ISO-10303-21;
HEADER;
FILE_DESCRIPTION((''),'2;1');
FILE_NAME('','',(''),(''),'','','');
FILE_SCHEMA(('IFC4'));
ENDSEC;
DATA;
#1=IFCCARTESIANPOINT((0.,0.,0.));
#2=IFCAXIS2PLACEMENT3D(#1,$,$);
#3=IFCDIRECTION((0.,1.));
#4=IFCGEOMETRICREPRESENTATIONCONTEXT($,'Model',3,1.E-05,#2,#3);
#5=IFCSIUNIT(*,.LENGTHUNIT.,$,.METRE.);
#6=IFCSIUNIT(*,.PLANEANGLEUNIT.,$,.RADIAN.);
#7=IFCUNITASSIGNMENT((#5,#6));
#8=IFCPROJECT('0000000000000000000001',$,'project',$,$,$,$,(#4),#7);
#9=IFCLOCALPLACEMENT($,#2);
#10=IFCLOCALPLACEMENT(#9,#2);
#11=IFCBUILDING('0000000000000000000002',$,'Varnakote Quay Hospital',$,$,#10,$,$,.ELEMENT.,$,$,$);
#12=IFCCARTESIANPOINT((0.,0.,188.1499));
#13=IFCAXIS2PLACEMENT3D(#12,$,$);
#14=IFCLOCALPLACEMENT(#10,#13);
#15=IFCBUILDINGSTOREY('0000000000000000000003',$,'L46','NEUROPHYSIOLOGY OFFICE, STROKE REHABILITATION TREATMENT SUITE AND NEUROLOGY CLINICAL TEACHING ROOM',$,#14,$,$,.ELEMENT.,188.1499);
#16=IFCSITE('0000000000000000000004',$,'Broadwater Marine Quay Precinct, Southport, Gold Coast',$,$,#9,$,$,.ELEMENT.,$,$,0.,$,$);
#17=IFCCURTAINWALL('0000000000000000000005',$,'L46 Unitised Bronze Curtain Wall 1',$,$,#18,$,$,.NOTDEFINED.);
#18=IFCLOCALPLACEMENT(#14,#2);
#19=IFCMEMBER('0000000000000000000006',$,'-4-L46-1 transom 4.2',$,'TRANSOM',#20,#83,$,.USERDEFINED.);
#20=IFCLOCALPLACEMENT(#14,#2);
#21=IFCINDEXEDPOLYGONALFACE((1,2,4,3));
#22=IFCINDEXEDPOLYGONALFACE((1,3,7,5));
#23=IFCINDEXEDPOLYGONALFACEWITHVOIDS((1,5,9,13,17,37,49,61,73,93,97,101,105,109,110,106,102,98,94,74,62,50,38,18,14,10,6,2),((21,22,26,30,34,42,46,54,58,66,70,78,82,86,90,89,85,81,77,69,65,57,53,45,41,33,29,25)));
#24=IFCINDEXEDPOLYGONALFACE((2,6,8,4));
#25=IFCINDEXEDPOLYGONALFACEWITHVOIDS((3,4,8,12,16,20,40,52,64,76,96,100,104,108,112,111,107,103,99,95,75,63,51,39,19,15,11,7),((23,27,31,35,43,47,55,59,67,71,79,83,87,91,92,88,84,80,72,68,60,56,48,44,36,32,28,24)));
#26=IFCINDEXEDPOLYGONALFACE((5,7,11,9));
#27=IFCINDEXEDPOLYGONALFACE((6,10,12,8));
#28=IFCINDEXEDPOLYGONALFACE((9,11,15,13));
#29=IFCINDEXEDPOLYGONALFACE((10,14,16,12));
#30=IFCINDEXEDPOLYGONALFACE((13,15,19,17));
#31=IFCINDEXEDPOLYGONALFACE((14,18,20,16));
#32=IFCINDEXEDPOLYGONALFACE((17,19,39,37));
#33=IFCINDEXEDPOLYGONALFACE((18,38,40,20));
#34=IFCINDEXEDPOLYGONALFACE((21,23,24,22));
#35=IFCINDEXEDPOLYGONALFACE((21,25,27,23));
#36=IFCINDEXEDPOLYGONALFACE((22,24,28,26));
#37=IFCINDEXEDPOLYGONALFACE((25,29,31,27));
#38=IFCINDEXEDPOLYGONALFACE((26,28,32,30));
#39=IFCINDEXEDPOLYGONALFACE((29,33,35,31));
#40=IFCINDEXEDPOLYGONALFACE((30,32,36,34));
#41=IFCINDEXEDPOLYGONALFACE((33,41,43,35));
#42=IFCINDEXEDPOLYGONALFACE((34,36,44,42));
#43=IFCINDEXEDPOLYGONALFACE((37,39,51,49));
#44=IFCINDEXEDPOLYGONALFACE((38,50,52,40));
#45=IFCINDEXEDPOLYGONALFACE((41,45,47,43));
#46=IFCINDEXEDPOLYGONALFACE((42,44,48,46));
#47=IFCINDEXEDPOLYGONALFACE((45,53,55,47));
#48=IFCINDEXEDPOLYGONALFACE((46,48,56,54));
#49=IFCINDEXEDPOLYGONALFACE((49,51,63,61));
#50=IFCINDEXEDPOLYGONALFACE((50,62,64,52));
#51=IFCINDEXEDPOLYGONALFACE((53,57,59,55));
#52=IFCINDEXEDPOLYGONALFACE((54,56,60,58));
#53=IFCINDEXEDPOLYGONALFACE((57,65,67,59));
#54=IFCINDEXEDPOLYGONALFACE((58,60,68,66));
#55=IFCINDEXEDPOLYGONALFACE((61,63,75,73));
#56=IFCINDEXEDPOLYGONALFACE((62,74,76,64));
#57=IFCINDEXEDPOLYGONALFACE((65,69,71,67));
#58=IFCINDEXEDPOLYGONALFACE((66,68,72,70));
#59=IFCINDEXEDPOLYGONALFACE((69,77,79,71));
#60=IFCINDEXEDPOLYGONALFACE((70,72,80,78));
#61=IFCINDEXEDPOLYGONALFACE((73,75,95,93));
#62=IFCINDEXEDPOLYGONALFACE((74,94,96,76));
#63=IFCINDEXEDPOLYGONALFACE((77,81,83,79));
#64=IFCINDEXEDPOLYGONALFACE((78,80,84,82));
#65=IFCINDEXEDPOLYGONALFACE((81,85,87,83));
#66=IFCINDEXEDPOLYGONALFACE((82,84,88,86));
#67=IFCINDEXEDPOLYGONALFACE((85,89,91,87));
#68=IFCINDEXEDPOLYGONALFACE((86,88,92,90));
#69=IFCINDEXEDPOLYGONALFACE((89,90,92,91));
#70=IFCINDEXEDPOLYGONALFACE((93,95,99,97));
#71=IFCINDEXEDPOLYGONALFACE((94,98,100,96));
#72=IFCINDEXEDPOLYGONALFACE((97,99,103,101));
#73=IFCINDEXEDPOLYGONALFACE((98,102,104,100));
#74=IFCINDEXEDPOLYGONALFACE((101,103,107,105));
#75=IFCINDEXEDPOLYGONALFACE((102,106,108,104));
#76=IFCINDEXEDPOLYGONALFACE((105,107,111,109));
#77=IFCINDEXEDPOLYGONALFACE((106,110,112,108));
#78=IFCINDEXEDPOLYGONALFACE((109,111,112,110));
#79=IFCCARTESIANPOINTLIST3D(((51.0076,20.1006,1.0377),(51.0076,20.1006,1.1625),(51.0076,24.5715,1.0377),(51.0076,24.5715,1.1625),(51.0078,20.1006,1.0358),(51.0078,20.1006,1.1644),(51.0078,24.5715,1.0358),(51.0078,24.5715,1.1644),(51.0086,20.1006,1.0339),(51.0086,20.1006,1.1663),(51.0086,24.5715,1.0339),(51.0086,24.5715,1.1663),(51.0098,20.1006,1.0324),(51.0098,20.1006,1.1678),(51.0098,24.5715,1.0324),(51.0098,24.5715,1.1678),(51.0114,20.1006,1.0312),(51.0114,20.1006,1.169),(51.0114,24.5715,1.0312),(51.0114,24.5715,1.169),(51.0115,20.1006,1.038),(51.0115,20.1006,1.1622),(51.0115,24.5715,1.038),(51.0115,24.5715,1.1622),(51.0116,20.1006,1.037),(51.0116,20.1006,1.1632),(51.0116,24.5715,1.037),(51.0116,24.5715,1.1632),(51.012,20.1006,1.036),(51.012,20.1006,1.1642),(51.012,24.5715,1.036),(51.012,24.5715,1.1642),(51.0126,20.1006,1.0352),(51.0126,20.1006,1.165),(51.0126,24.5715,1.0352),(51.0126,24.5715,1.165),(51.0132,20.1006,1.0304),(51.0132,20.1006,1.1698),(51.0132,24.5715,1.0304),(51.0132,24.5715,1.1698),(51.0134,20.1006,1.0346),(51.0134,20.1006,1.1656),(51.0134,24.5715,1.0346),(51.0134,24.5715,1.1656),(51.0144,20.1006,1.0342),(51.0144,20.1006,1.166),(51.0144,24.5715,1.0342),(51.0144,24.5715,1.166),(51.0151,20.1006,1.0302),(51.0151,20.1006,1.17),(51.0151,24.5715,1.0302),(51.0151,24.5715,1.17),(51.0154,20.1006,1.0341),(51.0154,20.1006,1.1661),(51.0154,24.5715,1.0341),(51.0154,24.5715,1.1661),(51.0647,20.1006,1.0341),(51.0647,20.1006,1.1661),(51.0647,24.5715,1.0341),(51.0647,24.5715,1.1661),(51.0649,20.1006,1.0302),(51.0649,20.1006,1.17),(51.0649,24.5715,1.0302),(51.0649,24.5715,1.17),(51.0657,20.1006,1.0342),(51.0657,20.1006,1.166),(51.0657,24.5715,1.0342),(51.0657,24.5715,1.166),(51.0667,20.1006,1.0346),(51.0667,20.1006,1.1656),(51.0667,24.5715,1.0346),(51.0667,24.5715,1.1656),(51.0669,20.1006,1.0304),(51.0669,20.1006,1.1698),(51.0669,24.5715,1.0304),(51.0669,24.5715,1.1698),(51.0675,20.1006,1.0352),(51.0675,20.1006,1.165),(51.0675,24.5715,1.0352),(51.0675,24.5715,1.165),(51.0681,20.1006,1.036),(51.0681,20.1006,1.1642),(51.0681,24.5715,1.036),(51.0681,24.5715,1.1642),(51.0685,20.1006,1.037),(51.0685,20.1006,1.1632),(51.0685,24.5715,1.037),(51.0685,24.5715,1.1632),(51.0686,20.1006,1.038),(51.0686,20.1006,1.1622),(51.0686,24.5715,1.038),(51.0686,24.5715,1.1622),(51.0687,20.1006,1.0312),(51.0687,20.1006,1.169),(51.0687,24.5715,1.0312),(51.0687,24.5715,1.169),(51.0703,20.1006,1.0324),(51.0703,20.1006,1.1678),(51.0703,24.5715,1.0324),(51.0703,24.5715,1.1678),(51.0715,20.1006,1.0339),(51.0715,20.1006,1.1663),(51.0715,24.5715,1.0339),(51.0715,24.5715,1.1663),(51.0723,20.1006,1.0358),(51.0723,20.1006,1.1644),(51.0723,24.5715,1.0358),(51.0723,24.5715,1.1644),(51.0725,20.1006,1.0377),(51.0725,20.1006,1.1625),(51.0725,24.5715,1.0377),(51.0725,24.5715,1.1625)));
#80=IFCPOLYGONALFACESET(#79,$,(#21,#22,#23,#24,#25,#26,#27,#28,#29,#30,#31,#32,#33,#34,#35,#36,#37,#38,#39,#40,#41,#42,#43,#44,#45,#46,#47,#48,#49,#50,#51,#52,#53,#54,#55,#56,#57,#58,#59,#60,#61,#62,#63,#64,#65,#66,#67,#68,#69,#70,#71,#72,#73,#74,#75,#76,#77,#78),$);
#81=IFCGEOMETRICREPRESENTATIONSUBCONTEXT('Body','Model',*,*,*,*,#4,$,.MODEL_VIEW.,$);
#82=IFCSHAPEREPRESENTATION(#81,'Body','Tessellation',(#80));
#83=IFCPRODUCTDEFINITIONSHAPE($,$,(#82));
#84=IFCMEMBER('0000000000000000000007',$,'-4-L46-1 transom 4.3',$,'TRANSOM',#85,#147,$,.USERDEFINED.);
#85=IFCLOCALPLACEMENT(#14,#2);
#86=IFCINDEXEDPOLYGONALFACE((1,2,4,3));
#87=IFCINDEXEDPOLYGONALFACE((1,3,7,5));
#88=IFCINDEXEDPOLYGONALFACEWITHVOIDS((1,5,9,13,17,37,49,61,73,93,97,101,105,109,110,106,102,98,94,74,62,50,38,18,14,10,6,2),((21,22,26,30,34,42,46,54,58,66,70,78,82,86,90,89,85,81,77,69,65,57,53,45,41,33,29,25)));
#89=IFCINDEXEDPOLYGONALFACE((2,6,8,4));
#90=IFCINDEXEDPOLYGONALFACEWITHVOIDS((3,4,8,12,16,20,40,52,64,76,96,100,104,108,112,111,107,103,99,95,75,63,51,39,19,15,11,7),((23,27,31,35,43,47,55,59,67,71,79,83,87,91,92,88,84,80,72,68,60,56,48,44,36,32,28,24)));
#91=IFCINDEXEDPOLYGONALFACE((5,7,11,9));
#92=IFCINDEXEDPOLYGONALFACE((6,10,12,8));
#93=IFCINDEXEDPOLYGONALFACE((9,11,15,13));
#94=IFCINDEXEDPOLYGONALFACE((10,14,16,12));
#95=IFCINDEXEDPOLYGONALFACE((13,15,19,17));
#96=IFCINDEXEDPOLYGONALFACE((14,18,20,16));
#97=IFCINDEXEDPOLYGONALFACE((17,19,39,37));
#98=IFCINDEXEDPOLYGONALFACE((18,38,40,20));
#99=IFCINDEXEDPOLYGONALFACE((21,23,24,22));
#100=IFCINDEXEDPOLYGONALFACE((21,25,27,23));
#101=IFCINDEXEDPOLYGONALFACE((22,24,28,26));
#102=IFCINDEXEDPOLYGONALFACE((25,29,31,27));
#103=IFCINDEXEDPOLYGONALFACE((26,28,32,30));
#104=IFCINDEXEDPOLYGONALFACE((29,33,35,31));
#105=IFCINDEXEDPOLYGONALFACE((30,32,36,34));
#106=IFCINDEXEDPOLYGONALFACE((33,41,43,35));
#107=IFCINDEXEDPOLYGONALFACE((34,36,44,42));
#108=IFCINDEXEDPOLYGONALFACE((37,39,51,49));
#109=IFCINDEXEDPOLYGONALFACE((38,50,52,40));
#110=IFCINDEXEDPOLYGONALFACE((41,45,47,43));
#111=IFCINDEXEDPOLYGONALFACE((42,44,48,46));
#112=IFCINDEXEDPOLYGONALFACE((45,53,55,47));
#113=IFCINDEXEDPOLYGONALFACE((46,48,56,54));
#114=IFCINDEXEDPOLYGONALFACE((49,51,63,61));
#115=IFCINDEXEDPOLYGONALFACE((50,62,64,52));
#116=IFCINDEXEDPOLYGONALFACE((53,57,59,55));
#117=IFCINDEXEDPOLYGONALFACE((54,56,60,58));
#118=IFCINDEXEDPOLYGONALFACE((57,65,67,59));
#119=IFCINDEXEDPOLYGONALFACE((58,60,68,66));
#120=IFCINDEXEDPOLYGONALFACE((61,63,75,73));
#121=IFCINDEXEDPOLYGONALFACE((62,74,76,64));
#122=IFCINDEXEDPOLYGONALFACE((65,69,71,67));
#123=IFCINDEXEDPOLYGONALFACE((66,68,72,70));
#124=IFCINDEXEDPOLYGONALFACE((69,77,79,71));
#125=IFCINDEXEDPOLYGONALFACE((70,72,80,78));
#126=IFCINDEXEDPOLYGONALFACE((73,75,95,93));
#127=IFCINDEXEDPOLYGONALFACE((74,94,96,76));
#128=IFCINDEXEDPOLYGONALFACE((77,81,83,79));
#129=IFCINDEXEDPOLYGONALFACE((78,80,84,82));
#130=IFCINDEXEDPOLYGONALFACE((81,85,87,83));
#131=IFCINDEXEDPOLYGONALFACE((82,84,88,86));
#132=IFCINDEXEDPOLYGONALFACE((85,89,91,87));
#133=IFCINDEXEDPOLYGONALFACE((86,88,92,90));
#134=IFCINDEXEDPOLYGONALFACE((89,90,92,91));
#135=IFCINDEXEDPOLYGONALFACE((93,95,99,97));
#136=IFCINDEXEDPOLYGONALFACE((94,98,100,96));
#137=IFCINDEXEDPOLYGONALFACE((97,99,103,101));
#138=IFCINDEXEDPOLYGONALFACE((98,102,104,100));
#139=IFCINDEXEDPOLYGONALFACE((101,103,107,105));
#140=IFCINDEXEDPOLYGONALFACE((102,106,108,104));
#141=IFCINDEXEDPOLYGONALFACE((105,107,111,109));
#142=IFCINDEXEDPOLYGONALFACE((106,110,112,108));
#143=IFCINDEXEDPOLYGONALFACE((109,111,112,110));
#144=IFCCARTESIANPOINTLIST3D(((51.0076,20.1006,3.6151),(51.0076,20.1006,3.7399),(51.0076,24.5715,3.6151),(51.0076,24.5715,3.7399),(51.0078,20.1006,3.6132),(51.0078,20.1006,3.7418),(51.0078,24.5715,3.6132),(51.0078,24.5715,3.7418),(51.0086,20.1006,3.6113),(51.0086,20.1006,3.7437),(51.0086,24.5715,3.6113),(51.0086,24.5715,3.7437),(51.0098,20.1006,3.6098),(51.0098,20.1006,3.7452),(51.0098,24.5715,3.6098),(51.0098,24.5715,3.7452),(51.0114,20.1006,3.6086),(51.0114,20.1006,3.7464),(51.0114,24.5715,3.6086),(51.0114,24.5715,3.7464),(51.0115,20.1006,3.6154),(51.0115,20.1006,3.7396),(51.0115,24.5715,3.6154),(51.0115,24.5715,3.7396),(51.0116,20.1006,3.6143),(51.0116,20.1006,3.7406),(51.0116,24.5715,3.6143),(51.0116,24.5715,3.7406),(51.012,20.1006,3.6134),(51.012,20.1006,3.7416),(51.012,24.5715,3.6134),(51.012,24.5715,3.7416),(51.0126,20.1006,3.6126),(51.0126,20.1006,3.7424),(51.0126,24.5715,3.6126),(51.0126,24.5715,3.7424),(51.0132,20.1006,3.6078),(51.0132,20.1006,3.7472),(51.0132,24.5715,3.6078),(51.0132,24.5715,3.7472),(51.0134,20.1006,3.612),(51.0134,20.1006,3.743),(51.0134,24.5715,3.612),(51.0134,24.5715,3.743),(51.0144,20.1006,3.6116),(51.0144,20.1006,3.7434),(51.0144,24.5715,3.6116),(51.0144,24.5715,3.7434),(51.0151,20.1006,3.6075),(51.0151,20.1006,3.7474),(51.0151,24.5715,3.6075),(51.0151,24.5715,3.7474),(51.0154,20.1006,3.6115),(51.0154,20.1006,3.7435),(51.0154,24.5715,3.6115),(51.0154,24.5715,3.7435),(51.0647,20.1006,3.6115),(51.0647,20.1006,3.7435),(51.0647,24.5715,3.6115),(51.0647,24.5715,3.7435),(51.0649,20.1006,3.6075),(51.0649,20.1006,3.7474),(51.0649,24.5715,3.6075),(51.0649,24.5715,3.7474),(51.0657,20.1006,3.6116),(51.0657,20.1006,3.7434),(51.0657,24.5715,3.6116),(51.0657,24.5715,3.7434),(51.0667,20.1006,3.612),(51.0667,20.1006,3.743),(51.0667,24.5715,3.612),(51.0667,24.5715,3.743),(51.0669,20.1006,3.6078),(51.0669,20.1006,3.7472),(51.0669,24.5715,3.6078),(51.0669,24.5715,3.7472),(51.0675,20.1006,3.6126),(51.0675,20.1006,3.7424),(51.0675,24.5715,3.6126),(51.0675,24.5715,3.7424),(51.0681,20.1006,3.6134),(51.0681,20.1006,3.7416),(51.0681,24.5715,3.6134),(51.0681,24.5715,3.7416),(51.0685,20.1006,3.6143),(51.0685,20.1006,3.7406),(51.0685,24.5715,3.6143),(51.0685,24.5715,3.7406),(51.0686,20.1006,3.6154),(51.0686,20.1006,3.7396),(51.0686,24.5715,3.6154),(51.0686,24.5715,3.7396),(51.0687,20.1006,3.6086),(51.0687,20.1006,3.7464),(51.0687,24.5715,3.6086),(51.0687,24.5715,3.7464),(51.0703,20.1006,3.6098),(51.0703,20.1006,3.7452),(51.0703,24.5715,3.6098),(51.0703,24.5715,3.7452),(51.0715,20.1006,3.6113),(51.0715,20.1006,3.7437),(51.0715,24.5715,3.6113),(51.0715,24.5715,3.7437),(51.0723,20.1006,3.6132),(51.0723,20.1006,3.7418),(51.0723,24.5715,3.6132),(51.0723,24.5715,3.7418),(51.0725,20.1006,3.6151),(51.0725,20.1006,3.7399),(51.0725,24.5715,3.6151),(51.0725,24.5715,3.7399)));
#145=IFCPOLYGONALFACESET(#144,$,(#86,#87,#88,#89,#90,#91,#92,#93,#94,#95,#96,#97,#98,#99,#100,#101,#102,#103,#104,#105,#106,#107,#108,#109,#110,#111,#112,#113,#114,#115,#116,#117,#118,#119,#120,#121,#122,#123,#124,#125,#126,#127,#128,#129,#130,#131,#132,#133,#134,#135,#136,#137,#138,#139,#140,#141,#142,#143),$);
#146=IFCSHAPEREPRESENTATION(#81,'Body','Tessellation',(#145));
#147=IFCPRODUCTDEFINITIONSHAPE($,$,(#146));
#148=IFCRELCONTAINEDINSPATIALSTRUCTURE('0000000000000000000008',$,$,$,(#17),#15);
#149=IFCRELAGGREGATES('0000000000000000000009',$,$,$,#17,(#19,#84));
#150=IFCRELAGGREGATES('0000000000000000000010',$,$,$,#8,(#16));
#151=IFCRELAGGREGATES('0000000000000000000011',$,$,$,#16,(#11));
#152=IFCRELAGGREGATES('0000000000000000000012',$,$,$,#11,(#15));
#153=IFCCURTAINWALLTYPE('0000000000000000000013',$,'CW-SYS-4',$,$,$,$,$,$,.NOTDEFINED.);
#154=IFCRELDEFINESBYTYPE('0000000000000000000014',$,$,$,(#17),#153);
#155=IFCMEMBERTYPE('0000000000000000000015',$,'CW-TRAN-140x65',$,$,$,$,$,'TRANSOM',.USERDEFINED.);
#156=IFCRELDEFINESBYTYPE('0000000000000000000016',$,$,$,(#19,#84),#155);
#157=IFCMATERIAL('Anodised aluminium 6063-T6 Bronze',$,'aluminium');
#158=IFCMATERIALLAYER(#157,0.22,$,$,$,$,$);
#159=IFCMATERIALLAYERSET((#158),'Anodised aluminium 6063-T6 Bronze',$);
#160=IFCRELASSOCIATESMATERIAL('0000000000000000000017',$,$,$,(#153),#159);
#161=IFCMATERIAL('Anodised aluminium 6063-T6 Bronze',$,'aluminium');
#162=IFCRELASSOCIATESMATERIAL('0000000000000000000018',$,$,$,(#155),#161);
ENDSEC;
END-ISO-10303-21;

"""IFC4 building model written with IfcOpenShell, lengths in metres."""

from ifc_helpers import new_model, si_unit, direction, frame, origin, origin_2d, place, context, subcontext, project, spatial, hollow_rectangle, extrude, material, layer, layer_set, material_profile, profile_set, type_object, element, aggregate, save


model = new_model("IFC4")

# Units and contexts
model_context = context("Model", 3, precision=1e-05, world=origin(), true_north=direction((0.0, 1.0)))
body_context = subcontext(model_context, "Body", "Model", "MODEL_VIEW")
ifc_project = project(units=[si_unit("LENGTHUNIT", "METRE"), si_unit("PLANEANGLEUNIT", "RADIAN")], contexts=[model_context])

# Site, building, storey
site_placement = place(None, origin())
site = spatial("IfcSite", under=ifc_project, at=site_placement, Name="Broadwater Marine Quay Precinct, Southport, Gold Coast", CompositionType="ELEMENT", RefElevation=0.0)
building_placement = place(site_placement, origin())
building = spatial("IfcBuilding", under=site, at=building_placement, Name="Varnakote Quay Hospital", CompositionType="ELEMENT")
storey_placement = place(building_placement, frame((0.0, 0.0, 188.1499)))
storey = spatial("IfcBuildingStorey", under=building, at=storey_placement, Name="L46", Description="NEUROPHYSIOLOGY OFFICE, STROKE REHABILITATION TREATMENT SUITE AND NEUROLOGY CLINICAL TEACHING ROOM", CompositionType="ELEMENT", Elevation=188.1499)

# Curtain wall, members
ifc_material_1 = material(Name="Anodised aluminium 6063-T6 Bronze", Category="aluminium")
ifc_layer_1 = layer(ifc_material_1, 0.22)
ifc_layer_set_1 = layer_set([ifc_layer_1], Name="Anodised aluminium 6063-T6 Bronze")
curtain_wall_type = type_object("IfcCurtainWallType", Name="CW-SYS-4", PredefinedType="NOTDEFINED", material=ifc_layer_set_1)
curtain_wall_placement = place(storey_placement, origin())
curtain_wall = element("IfcCurtainWall", 1, at=curtain_wall_placement, inside=storey, type_object=curtain_wall_type, Name="L46 Unitised Bronze Curtain Wall 1", PredefinedType="NOTDEFINED")
ifc_material_2 = material(Name="Anodised aluminium 6063-T6 Bronze", Category="aluminium")
ifc_material_profile_1 = material_profile(ifc_material_2, hollow_rectangle(XDim=0.0649, YDim=0.1399, WallThickness=0.0039, InnerFilletRadius=0.0039, OuterFilletRadius=0.0076, at=origin_2d()), Name="CW-TRAN-140x65")
ifc_profile_set_1 = profile_set([ifc_material_profile_1], Name="Anodised aluminium 6063-T6 Bronze")
member_type_1 = type_object("IfcMemberType", Name="CW-TRAN-140x65", ElementType="TRANSOM", PredefinedType="USERDEFINED", material=ifc_profile_set_1)
member_1_placement = place(storey_placement, frame((51.04, 20.1006, 1.1001), z_axis=(0.0, 1.0, 0.0), x_axis=(-1.0, 0.0, 0.0)))
member_1 = element("IfcMember", 2, at=member_1_placement, type_object=member_type_1, Name="-4-L46-1 transom 4.2", ObjectType="TRANSOM", PredefinedType="USERDEFINED", context=body_context, shape_type="SweptSolid", body=[
    extrude(hollow_rectangle(XDim=0.0649, YDim=0.1399, WallThickness=0.0039, InnerFilletRadius=0.0039, OuterFilletRadius=0.0076, at=origin_2d()), origin(), (0.0, 0.0, 1.0), 4.4709),
])
member_2_placement = place(storey_placement, frame((51.04, 20.1006, 3.6775), z_axis=(0.0, 1.0, 0.0), x_axis=(-1.0, 0.0, 0.0)))
member_2 = element("IfcMember", 3, at=member_2_placement, type_object=member_type_1, Name="-4-L46-1 transom 4.3", ObjectType="TRANSOM", PredefinedType="USERDEFINED", context=body_context, shape_type="SweptSolid", body=[
    extrude(hollow_rectangle(XDim=0.0649, YDim=0.1399, WallThickness=0.0039, InnerFilletRadius=0.0039, OuterFilletRadius=0.0076, at=origin_2d()), origin(), (0.0, 0.0, 1.0), 4.4709),
])
aggregate(curtain_wall, [member_1, member_2])

save(model, "model.ifc")
